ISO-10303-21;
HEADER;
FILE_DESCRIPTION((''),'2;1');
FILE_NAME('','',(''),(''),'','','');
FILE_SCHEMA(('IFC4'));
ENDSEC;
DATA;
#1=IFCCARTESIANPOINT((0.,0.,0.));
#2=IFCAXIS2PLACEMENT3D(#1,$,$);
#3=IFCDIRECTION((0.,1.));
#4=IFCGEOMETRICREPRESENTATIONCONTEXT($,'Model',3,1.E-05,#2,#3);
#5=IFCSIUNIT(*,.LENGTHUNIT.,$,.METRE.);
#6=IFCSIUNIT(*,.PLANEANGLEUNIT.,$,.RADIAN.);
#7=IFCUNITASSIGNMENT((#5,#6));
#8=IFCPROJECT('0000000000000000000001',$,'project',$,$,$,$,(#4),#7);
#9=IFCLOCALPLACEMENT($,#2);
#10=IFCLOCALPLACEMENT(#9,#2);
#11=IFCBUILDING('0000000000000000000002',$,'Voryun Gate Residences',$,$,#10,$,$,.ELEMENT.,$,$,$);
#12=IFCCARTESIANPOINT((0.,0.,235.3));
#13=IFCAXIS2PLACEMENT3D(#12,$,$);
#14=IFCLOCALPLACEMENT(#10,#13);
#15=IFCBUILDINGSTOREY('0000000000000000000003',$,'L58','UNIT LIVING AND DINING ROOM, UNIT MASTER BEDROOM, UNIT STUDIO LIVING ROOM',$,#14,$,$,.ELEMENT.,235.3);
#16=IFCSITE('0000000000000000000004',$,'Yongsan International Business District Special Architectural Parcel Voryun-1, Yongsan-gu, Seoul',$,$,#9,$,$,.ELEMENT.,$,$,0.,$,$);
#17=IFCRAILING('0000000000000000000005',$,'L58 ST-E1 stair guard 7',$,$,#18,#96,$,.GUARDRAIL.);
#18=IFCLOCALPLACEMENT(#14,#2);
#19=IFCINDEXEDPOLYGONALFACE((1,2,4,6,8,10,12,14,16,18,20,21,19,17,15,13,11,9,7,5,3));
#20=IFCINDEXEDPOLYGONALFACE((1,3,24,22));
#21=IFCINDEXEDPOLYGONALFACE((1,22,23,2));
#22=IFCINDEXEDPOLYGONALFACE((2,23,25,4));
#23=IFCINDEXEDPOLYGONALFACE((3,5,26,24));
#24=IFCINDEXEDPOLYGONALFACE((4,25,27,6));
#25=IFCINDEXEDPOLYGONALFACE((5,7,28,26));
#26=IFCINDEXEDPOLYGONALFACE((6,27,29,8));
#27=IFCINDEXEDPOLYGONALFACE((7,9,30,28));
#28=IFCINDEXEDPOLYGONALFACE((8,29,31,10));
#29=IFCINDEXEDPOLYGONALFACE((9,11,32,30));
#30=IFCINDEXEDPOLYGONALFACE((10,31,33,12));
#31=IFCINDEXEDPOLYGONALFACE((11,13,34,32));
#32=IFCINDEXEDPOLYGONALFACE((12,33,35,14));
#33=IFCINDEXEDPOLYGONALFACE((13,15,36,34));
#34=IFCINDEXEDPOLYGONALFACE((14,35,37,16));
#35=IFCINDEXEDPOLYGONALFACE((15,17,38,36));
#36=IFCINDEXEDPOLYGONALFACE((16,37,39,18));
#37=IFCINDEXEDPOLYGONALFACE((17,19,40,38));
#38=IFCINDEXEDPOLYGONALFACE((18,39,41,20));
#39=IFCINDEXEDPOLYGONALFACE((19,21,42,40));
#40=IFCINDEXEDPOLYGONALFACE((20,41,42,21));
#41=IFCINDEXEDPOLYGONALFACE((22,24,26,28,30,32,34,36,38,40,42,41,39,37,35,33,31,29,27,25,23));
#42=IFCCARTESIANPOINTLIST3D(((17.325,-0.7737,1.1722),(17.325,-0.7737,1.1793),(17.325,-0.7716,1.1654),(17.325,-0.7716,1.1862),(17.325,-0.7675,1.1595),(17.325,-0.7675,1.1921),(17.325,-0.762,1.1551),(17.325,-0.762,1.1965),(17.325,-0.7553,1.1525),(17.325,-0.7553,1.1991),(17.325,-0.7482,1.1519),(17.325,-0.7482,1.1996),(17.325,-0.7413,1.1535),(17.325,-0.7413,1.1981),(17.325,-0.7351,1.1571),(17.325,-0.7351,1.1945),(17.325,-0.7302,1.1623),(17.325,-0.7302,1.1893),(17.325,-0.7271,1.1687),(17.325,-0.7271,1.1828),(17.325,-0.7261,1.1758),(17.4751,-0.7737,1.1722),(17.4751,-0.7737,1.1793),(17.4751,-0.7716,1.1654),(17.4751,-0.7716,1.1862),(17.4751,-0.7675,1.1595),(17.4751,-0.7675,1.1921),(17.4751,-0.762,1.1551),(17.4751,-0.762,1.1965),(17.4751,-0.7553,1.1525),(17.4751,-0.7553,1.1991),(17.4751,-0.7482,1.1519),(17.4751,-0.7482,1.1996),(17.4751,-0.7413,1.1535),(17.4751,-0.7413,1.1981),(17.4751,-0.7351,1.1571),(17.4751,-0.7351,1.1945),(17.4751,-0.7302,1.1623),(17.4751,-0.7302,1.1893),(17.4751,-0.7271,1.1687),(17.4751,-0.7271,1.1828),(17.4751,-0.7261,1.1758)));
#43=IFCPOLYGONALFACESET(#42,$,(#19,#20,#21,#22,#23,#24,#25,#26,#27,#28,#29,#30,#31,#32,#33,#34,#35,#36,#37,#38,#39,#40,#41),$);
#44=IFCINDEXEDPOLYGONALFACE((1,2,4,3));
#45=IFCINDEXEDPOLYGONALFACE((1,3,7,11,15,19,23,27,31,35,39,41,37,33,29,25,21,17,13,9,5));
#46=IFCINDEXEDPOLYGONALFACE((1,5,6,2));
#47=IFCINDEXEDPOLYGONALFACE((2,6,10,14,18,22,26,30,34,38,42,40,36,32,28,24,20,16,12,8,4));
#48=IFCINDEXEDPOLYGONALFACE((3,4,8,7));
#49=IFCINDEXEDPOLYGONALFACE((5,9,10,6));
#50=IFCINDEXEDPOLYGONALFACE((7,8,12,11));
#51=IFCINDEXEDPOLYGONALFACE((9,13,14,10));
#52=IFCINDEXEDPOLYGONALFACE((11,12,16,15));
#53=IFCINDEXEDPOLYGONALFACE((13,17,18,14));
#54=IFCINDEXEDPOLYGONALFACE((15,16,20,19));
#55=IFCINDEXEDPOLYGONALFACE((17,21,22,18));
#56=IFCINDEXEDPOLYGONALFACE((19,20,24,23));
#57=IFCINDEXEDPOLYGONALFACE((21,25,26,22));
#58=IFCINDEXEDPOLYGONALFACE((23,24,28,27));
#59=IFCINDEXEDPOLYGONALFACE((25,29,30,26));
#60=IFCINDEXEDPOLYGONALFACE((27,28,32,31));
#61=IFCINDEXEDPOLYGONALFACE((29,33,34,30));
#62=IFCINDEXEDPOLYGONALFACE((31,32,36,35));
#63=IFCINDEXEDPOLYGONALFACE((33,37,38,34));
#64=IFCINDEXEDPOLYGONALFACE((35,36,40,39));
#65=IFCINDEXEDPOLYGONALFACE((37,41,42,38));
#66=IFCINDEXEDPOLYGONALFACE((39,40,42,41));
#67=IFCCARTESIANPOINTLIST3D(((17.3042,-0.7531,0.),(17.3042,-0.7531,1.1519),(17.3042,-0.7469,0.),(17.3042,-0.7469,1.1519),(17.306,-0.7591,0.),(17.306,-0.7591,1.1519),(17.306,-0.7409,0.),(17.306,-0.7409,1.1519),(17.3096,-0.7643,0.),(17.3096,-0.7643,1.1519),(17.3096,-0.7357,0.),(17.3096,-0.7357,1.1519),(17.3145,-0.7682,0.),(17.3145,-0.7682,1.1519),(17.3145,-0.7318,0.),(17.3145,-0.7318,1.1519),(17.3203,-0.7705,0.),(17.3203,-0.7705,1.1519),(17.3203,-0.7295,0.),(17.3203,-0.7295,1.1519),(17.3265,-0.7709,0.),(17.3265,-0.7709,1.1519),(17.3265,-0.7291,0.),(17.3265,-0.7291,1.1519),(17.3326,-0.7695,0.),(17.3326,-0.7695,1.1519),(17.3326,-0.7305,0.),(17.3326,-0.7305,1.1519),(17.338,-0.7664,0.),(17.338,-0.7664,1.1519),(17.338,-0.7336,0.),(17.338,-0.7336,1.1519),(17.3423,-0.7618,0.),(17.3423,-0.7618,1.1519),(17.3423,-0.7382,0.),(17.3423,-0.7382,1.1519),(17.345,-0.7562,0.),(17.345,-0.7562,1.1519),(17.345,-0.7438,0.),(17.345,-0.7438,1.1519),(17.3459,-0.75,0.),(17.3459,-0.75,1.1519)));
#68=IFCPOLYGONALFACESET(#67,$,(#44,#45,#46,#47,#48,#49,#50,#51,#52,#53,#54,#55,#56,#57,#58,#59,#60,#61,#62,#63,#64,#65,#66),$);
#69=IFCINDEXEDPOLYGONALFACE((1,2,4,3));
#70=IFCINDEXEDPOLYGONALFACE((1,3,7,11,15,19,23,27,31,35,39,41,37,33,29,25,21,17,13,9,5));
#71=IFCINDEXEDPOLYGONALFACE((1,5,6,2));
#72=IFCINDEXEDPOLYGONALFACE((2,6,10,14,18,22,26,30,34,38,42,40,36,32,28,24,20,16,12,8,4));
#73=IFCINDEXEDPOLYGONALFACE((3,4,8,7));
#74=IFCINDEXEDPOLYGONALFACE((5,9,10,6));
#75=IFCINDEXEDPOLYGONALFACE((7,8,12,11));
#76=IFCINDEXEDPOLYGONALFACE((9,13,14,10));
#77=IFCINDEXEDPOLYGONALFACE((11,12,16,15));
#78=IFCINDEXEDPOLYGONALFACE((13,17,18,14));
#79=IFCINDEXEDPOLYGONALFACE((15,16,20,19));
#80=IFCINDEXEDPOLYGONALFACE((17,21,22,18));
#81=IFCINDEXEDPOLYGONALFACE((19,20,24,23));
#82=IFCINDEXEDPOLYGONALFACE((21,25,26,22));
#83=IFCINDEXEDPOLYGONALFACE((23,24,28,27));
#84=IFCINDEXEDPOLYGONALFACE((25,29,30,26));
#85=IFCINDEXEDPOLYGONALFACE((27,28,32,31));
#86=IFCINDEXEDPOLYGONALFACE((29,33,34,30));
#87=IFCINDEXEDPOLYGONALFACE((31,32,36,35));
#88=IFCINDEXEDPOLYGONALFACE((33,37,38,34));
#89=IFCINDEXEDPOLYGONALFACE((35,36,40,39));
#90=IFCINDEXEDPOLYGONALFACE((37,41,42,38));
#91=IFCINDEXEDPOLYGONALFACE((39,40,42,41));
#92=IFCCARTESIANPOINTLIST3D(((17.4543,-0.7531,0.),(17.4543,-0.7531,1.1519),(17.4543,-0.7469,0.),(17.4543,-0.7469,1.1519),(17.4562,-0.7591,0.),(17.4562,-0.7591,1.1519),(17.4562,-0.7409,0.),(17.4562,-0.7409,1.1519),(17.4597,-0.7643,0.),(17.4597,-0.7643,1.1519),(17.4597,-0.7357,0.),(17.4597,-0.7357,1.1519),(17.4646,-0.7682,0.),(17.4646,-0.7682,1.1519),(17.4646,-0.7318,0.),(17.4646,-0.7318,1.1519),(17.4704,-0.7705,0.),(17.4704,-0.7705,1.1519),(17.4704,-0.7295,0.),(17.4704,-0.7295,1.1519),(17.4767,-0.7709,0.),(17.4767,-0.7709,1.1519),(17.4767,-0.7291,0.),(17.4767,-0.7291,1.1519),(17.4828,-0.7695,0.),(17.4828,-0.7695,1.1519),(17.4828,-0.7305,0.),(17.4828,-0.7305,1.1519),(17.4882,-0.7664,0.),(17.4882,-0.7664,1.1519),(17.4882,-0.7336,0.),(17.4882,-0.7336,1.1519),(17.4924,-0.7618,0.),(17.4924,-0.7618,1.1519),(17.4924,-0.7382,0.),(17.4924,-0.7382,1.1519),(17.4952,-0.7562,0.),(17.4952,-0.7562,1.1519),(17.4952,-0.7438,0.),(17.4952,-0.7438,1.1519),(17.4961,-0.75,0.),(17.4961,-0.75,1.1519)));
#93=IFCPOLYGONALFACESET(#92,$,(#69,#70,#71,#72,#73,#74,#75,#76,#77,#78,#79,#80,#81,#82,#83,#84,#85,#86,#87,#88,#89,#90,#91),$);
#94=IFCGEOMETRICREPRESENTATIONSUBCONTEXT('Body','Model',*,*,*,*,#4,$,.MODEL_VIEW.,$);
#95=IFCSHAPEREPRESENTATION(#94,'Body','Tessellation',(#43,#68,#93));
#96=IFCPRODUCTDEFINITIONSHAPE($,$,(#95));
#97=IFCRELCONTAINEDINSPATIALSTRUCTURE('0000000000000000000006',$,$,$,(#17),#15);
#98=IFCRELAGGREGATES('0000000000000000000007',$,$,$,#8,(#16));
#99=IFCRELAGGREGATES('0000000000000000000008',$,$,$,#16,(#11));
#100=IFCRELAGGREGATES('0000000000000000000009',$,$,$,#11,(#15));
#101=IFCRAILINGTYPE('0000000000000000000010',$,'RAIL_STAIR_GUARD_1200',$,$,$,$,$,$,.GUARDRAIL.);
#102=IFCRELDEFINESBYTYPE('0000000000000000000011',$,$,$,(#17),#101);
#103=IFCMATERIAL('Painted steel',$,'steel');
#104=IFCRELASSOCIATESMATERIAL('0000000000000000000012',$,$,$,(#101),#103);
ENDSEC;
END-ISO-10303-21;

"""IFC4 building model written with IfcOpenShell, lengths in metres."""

from ifc_helpers import new_model, si_unit, direction, frame, origin, origin_2d, place, context, subcontext, project, spatial, circle, extrude, material, type_object, element, save


model = new_model("IFC4")

# Units and contexts
model_context = context("Model", 3, precision=1e-05, world=origin(), true_north=direction((0.0, 1.0)))
body_context = subcontext(model_context, "Body", "Model", "MODEL_VIEW")
ifc_project = project(units=[si_unit("LENGTHUNIT", "METRE"), si_unit("PLANEANGLEUNIT", "RADIAN")], contexts=[model_context])

# Site, building, storey
site_placement = place(None, origin())
site = spatial("IfcSite", under=ifc_project, at=site_placement, Name="Yongsan International Business District Special Architectural Parcel Voryun-1, Yongsan-gu, Seoul", CompositionType="ELEMENT", RefElevation=0.0)
building_placement = place(site_placement, origin())
building = spatial("IfcBuilding", under=site, at=building_placement, Name="Voryun Gate Residences", CompositionType="ELEMENT")
storey_placement = place(building_placement, frame((0.0, 0.0, 235.3)))
storey = spatial("IfcBuildingStorey", under=building, at=storey_placement, Name="L58", Description="UNIT LIVING AND DINING ROOM, UNIT MASTER BEDROOM, UNIT STUDIO LIVING ROOM", CompositionType="ELEMENT", Elevation=235.3)

# Railing
ifc_material_1 = material(Name="Painted steel", Category="steel")
railing_type_1 = type_object("IfcRailingType", Name="RAIL_STAIR_GUARD_1200", PredefinedType="GUARDRAIL", material=ifc_material_1)
railing_1_placement = place(storey_placement, frame((17.325, -0.75, 0.0)))
element("IfcRailing", 1, at=railing_1_placement, inside=storey, type_object=railing_type_1, Name="L58 ST-E1 stair guard 7", PredefinedType="GUARDRAIL", context=body_context, shape_type="SweptSolid", body=[
    extrude(circle(Radius=0.0239, at=origin_2d()), frame((0.0, 0.0, 1.1758), z_axis=(1.0, 0.0, 0.0), x_axis=(0.0, 1.0, 0.0)), (0.0, 0.0, 1.0), 0.1501),
    extrude(circle(Radius=0.021, at=origin_2d()), origin(), (0.0, 0.0, 1.0), 1.1519),
    extrude(circle(Radius=0.021, at=origin_2d()), frame((0.1501, 0.0, 0.0)), (0.0, 0.0, 1.0), 1.1519),
])

save(model, "model.ifc")
